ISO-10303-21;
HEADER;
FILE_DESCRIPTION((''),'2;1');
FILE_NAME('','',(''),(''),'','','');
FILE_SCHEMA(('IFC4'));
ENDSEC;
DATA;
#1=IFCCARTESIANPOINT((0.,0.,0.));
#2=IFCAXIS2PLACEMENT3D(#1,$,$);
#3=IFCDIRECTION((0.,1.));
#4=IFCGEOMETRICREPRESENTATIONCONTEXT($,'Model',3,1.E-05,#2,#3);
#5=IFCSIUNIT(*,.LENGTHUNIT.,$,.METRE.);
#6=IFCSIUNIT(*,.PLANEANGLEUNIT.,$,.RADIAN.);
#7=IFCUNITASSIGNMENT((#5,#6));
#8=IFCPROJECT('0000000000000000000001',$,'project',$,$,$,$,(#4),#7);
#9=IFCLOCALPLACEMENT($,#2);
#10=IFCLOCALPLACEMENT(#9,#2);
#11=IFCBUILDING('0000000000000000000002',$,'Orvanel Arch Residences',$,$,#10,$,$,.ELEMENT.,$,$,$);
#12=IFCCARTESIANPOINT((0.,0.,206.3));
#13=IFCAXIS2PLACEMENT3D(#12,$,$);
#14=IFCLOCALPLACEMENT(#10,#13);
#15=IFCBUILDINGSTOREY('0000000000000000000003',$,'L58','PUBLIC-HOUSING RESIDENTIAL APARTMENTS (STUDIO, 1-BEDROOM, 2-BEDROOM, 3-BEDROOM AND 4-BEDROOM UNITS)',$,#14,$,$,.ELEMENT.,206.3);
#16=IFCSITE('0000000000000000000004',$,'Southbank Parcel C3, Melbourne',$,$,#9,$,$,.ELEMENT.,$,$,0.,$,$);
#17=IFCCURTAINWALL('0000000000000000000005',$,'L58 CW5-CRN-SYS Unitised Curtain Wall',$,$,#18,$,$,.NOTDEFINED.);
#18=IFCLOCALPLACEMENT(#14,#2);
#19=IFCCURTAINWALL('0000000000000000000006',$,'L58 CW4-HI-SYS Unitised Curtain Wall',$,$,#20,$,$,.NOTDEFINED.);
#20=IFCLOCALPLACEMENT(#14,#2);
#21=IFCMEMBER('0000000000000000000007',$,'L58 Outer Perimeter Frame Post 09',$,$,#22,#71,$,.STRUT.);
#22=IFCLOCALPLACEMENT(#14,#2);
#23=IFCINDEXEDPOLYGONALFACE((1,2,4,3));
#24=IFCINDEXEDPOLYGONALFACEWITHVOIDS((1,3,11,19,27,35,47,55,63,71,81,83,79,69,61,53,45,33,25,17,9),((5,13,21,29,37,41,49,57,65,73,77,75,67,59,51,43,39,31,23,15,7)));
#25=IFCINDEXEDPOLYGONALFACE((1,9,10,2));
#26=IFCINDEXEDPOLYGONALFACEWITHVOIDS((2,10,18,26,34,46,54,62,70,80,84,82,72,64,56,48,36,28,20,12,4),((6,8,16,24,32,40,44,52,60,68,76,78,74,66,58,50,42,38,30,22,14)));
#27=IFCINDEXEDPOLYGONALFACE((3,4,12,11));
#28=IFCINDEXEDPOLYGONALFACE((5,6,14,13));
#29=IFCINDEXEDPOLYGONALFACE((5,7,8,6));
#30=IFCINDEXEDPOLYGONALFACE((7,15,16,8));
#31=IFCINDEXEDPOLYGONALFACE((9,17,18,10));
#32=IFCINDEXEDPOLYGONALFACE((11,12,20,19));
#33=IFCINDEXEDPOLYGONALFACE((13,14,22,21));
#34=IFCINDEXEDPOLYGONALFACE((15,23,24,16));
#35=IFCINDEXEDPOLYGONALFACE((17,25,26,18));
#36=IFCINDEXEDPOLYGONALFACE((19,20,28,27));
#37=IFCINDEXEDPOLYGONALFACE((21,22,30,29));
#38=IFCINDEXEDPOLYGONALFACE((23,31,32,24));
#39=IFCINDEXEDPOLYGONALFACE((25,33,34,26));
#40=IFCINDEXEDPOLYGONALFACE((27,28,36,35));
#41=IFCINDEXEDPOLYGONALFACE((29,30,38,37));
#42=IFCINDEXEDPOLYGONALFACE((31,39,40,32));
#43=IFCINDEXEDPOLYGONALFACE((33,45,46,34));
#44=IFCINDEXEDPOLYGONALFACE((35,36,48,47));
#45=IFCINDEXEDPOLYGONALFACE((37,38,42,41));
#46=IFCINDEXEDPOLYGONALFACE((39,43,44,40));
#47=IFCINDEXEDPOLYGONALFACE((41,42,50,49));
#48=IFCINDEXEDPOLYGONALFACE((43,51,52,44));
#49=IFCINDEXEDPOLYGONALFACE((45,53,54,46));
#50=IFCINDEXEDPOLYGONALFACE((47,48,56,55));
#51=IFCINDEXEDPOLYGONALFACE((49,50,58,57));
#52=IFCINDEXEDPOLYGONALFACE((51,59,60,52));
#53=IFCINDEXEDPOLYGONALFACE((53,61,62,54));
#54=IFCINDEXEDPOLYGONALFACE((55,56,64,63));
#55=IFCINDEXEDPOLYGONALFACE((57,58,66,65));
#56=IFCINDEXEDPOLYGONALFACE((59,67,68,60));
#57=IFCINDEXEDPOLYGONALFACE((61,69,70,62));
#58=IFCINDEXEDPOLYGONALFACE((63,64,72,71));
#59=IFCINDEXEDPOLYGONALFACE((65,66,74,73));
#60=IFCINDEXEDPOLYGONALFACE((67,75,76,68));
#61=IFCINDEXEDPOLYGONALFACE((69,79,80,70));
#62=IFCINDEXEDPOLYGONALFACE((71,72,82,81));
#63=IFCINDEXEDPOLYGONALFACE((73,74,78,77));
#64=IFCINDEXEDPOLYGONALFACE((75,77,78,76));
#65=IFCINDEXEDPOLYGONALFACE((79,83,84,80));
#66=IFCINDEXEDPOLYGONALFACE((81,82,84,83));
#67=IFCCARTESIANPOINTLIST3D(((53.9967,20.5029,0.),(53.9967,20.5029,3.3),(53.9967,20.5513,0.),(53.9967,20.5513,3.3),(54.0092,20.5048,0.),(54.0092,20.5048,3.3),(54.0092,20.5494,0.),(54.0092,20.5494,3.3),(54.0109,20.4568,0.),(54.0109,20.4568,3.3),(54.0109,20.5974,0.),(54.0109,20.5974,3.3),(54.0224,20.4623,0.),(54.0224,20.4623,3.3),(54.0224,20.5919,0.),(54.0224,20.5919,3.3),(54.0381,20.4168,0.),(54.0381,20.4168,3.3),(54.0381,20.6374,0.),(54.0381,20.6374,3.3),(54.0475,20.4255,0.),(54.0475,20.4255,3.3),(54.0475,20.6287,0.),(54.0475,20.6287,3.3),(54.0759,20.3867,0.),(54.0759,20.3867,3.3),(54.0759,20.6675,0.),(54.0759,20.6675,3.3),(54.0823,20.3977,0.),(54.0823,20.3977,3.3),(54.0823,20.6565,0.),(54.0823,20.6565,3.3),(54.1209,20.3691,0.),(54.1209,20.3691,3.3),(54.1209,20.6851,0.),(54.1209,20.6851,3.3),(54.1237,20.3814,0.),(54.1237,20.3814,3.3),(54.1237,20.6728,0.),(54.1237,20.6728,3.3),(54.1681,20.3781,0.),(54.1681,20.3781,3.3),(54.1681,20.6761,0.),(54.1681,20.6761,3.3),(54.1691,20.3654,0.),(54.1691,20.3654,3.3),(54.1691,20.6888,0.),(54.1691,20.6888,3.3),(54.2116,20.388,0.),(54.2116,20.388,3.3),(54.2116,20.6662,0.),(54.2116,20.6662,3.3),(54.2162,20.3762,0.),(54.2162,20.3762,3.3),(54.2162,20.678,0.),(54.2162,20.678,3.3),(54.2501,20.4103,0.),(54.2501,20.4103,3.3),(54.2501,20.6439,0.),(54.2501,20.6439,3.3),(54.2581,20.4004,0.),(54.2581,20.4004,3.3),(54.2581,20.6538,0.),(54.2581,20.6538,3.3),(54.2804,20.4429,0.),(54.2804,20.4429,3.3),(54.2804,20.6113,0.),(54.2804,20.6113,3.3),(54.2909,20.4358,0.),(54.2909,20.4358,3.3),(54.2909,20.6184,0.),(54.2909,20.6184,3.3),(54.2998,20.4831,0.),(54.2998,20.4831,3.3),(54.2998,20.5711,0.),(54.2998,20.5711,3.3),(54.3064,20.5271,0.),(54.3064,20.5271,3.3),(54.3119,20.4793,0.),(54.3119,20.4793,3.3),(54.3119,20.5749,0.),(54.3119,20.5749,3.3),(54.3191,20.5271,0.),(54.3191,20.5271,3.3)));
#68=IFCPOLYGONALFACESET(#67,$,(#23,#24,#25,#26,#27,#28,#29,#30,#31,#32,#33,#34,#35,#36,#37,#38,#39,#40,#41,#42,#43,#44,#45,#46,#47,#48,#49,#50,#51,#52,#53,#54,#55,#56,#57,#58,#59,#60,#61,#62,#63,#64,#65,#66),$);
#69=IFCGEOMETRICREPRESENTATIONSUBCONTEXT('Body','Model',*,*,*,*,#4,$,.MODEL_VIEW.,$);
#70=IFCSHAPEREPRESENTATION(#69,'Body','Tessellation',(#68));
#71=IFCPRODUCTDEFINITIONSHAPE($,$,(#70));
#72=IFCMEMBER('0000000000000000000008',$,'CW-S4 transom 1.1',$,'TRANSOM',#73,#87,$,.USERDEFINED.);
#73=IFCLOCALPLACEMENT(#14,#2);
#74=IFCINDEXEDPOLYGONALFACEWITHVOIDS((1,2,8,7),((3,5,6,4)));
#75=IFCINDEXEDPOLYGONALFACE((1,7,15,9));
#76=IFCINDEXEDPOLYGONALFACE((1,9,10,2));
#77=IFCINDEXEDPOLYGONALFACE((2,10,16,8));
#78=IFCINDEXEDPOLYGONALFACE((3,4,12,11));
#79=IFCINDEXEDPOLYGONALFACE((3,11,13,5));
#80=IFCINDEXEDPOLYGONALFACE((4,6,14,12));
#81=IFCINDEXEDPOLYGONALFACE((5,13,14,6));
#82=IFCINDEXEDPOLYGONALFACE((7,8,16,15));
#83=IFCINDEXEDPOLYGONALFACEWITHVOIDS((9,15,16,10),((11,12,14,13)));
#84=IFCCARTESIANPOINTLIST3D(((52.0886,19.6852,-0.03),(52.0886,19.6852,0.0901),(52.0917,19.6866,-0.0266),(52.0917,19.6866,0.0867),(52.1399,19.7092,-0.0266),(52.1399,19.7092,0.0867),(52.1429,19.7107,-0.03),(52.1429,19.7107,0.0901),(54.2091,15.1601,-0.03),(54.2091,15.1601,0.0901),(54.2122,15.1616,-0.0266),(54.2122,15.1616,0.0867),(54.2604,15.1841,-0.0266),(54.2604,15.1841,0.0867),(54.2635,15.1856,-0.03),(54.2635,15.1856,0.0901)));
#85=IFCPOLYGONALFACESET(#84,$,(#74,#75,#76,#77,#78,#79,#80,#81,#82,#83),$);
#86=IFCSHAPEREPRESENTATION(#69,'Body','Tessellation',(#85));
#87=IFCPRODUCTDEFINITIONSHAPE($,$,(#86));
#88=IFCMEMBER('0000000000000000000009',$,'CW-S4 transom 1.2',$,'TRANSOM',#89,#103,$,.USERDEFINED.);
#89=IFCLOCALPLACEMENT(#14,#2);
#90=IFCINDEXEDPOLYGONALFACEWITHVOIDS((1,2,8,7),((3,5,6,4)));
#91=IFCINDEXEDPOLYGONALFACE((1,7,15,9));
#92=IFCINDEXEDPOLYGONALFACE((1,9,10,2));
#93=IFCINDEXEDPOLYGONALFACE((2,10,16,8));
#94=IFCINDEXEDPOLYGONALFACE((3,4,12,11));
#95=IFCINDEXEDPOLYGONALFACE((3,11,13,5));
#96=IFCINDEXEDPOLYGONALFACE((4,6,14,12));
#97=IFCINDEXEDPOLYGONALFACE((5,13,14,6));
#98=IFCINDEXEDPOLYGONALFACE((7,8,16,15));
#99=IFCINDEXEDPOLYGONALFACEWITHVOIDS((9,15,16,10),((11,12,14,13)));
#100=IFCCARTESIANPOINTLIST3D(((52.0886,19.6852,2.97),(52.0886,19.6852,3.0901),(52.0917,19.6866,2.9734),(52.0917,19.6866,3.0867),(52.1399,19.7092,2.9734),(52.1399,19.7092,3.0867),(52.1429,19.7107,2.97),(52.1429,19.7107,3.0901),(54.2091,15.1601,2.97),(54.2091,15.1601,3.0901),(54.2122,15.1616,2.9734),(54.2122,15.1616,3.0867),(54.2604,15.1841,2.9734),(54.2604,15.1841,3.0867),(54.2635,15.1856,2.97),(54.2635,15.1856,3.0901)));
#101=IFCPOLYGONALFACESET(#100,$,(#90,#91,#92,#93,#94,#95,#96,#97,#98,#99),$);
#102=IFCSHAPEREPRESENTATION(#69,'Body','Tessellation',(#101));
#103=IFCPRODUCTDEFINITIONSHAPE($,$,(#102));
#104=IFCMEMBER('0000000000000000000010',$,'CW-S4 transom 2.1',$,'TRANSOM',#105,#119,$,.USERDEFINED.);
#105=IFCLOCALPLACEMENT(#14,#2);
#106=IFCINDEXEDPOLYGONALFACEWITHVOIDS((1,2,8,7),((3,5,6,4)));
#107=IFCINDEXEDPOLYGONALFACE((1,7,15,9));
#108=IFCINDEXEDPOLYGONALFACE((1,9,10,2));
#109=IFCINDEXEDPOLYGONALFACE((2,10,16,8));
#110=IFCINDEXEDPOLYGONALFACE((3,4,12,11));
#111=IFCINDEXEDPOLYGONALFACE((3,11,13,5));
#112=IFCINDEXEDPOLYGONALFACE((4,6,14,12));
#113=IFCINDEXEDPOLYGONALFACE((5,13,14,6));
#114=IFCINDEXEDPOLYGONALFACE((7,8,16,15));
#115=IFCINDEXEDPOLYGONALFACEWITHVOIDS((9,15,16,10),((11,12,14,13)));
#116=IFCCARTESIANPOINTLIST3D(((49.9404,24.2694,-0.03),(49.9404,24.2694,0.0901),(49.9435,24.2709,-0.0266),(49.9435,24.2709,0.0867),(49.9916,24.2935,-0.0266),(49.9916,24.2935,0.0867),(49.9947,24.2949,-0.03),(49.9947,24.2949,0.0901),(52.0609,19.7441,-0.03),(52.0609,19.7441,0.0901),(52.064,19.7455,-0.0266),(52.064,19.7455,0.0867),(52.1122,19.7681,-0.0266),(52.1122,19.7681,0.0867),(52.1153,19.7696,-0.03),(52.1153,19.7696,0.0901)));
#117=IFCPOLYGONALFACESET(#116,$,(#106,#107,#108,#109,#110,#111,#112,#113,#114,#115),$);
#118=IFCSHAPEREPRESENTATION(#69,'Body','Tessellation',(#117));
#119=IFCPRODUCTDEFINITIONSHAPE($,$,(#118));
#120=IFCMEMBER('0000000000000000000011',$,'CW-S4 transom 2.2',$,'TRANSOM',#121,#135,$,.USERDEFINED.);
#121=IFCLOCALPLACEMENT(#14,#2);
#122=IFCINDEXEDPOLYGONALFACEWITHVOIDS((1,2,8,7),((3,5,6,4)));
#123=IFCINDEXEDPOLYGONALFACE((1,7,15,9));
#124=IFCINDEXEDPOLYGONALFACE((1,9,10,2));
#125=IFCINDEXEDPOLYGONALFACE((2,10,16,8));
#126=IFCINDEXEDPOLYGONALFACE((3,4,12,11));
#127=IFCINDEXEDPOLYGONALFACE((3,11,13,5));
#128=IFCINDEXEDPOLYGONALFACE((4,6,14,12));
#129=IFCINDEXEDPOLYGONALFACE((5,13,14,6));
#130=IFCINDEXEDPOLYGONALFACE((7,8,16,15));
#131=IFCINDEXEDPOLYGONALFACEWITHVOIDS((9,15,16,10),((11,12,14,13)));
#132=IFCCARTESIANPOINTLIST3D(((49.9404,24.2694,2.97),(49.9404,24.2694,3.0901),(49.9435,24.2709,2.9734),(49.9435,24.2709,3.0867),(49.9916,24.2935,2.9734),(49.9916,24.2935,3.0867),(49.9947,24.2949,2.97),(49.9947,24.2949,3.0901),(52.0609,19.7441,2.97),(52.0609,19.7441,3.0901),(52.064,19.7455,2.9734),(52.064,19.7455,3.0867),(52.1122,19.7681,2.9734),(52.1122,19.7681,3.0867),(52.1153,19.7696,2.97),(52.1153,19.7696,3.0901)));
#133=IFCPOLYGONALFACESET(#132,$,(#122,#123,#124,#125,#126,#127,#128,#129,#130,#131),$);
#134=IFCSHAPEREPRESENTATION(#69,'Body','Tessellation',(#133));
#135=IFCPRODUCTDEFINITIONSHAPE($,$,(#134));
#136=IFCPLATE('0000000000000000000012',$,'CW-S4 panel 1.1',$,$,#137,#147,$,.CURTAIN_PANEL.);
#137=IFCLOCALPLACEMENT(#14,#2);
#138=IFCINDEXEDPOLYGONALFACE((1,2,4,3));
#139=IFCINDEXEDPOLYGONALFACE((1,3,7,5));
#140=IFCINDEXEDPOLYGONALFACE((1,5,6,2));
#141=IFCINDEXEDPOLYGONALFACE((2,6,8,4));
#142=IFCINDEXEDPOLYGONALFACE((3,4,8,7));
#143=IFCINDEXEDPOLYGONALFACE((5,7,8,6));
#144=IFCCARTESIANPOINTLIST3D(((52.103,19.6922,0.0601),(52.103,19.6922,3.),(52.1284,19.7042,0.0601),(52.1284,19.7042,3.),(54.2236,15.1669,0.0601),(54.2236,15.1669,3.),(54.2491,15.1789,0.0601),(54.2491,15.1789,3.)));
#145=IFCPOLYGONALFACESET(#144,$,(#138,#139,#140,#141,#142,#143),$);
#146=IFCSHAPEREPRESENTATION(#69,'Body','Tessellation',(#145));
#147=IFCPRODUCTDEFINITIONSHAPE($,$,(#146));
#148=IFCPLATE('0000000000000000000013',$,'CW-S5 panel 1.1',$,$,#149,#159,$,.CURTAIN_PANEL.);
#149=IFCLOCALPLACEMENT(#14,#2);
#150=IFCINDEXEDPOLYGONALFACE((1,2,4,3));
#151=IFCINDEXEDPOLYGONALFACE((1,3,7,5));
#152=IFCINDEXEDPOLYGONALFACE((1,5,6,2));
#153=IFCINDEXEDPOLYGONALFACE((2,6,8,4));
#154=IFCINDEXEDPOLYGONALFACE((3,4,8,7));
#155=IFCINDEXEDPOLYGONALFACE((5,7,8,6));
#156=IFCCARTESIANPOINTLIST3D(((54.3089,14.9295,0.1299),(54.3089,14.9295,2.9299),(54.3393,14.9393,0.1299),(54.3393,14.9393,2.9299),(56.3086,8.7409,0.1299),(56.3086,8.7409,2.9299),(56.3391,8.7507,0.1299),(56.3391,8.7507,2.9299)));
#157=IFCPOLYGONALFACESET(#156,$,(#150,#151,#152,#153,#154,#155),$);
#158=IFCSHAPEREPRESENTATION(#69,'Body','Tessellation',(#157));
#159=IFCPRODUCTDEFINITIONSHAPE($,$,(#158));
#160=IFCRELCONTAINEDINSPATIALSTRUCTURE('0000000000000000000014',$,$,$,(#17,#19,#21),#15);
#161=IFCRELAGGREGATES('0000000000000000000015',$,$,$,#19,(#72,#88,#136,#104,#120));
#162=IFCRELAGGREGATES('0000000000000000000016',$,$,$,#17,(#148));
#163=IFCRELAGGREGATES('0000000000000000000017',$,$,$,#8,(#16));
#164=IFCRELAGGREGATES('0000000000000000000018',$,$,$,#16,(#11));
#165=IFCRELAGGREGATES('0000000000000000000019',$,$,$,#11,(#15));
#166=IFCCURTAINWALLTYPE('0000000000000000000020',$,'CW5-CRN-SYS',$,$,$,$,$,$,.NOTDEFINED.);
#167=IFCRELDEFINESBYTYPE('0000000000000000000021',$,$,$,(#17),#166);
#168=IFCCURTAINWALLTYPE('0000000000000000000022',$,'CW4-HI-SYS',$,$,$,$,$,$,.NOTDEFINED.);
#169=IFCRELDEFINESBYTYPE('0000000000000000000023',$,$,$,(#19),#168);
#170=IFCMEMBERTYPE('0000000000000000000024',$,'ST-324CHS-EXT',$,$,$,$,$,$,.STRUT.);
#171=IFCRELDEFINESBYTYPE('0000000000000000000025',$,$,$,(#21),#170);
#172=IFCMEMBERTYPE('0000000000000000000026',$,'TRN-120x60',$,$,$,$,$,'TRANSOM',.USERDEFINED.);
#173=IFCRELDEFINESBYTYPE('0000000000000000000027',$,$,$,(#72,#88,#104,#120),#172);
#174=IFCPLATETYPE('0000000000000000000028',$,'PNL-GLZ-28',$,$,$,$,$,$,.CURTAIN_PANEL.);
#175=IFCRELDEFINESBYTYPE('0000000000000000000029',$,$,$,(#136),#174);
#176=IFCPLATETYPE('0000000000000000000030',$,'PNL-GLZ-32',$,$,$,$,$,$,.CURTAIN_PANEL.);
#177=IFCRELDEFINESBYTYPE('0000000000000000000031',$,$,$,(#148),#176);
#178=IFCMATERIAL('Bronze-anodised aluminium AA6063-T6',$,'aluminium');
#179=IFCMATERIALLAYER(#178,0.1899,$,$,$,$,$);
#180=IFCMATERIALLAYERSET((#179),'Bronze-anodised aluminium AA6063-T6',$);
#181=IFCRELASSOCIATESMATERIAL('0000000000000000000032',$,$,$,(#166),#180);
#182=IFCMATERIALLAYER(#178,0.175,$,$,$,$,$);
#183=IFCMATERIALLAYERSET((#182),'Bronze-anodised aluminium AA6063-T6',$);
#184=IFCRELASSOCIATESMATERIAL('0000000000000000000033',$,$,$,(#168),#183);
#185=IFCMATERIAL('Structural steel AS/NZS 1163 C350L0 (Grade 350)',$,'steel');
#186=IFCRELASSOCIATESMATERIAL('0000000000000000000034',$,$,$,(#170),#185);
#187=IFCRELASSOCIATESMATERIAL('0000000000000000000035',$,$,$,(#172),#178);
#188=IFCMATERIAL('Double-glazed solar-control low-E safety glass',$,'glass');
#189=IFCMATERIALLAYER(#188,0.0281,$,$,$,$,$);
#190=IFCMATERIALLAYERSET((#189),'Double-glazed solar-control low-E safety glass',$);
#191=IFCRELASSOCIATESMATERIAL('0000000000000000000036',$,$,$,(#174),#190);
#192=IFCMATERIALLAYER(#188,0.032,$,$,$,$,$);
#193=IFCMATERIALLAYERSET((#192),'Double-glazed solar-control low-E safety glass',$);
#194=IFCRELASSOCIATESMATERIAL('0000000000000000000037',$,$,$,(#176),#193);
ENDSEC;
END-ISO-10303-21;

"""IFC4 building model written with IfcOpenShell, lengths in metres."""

from ifc_helpers import new_model, si_unit, direction, frame, origin, origin_2d, place, context, subcontext, project, spatial, rectangle, hollow_rectangle, hollow_circle, extrude, material, layer, layer_set, material_profile, profile_set, type_object, element, aggregate, save


model = new_model("IFC4")

# Units and contexts
model_context = context("Model", 3, precision=1e-05, world=origin(), true_north=direction((0.0, 1.0)))
body_context = subcontext(model_context, "Body", "Model", "MODEL_VIEW")
ifc_project = project(units=[si_unit("LENGTHUNIT", "METRE"), si_unit("PLANEANGLEUNIT", "RADIAN")], contexts=[model_context])

# Site, building, storey
site_placement = place(None, origin())
site = spatial("IfcSite", under=ifc_project, at=site_placement, Name="Southbank Parcel C3, Melbourne", CompositionType="ELEMENT", RefElevation=0.0)
building_placement = place(site_placement, origin())
building = spatial("IfcBuilding", under=site, at=building_placement, Name="Orvanel Arch Residences", CompositionType="ELEMENT")
storey_placement = place(building_placement, frame((0.0, 0.0, 206.3)))
storey = spatial("IfcBuildingStorey", under=building, at=storey_placement, Name="L58", Description="PUBLIC-HOUSING RESIDENTIAL APARTMENTS (STUDIO, 1-BEDROOM, 2-BEDROOM, 3-BEDROOM AND 4-BEDROOM UNITS)", CompositionType="ELEMENT", Elevation=206.3)

# Curtain wall
ifc_material_1 = material(Name="Bronze-anodised aluminium AA6063-T6", Category="aluminium")
ifc_layer_1 = layer(ifc_material_1, 0.1899)
ifc_layer_set_1 = layer_set([ifc_layer_1], Name="Bronze-anodised aluminium AA6063-T6")
curtain_wall_type_1 = type_object("IfcCurtainWallType", Name="CW5-CRN-SYS", PredefinedType="NOTDEFINED", material=ifc_layer_set_1)
curtain_wall_1_placement = place(storey_placement, origin())
curtain_wall_1 = element("IfcCurtainWall", 1, at=curtain_wall_1_placement, inside=storey, type_object=curtain_wall_type_1, Name="L58 CW5-CRN-SYS Unitised Curtain Wall", PredefinedType="NOTDEFINED")

# Curtain wall
ifc_layer_2 = layer(ifc_material_1, 0.175)
ifc_layer_set_2 = layer_set([ifc_layer_2], Name="Bronze-anodised aluminium AA6063-T6")
curtain_wall_type_2 = type_object("IfcCurtainWallType", Name="CW4-HI-SYS", PredefinedType="NOTDEFINED", material=ifc_layer_set_2)
curtain_wall_2_placement = place(storey_placement, origin())
curtain_wall_2 = element("IfcCurtainWall", 2, at=curtain_wall_2_placement, inside=storey, type_object=curtain_wall_type_2, Name="L58 CW4-HI-SYS Unitised Curtain Wall", PredefinedType="NOTDEFINED")

# Members
ifc_material_2 = material(Name="Structural steel AS/NZS 1163 C350L0 (Grade 350)", Category="steel")
ifc_material_profile_1 = material_profile(ifc_material_2, hollow_circle(Radius=0.1621, WallThickness=0.0127, at=origin_2d()), Name="CHS324x12.7")
ifc_profile_set_1 = profile_set([ifc_material_profile_1], Name="Structural steel AS/NZS 1163 C350L0 (Grade 350)")
member_type_1 = type_object("IfcMemberType", Name="ST-324CHS-EXT", PredefinedType="STRUT", material=ifc_profile_set_1)
member_1_placement = place(storey_placement, frame((54.157, 20.5271, 0.0), z_axis=(0.0, 0.0, 1.0), x_axis=(1.0, 0.0, 0.0)))
element("IfcMember", 3, at=member_1_placement, inside=storey, type_object=member_type_1, Name="L58 Outer Perimeter Frame Post 09", PredefinedType="STRUT", context=body_context, shape_type="SweptSolid", body=[
    extrude(hollow_circle(Radius=0.1621, WallThickness=0.0127, at=origin_2d()), origin(), (0.0, 0.0, 1.0), 3.3),
])
ifc_material_profile_2 = material_profile(ifc_material_1, hollow_rectangle(XDim=0.0601, YDim=0.1201, WallThickness=0.0034, at=origin_2d()), Name="ALU120x60x3.5")
ifc_profile_set_2 = profile_set([ifc_material_profile_2], Name="Bronze-anodised aluminium AA6063-T6")
member_type_2 = type_object("IfcMemberType", Name="TRN-120x60", ElementType="TRANSOM", PredefinedType="USERDEFINED", material=ifc_profile_set_2)
member_2_placement = place(storey_placement, frame((54.2363, 15.1729, 0.03), z_axis=(-0.424343, 0.905502, 0.0), x_axis=(-0.905502, -0.424343, 0.0)))
member_2 = element("IfcMember", 4, at=member_2_placement, type_object=member_type_2, Name="CW-S4 transom 1.1", ObjectType="TRANSOM", PredefinedType="USERDEFINED", context=body_context, shape_type="SweptSolid", body=[
    extrude(hollow_rectangle(XDim=0.0601, YDim=0.1201, WallThickness=0.0034, at=origin_2d()), origin(), (0.0, 0.0, 1.0), 4.9973),
])
member_3_placement = place(storey_placement, frame((54.2363, 15.1729, 3.03), z_axis=(-0.424343, 0.905502, 0.0), x_axis=(-0.905502, -0.424343, 0.0)))
member_3 = element("IfcMember", 5, at=member_3_placement, type_object=member_type_2, Name="CW-S4 transom 1.2", ObjectType="TRANSOM", PredefinedType="USERDEFINED", context=body_context, shape_type="SweptSolid", body=[
    extrude(hollow_rectangle(XDim=0.0601, YDim=0.1201, WallThickness=0.0034, at=origin_2d()), origin(), (0.0, 0.0, 1.0), 4.9973),
])
member_4_placement = place(storey_placement, frame((52.0881, 19.7568, 0.03), z_axis=(-0.424324, 0.905511, 0.0), x_axis=(-0.905511, -0.424324, 0.0)))
member_4 = element("IfcMember", 6, at=member_4_placement, type_object=member_type_2, Name="CW-S4 transom 2.1", ObjectType="TRANSOM", PredefinedType="USERDEFINED", context=body_context, shape_type="SweptSolid", body=[
    extrude(hollow_rectangle(XDim=0.0601, YDim=0.1201, WallThickness=0.0034, at=origin_2d()), origin(), (0.0, 0.0, 1.0), 4.9976),
])
member_5_placement = place(storey_placement, frame((52.0881, 19.7568, 3.03), z_axis=(-0.424324, 0.905511, 0.0), x_axis=(-0.905511, -0.424324, 0.0)))
member_5 = element("IfcMember", 7, at=member_5_placement, type_object=member_type_2, Name="CW-S4 transom 2.2", ObjectType="TRANSOM", PredefinedType="USERDEFINED", context=body_context, shape_type="SweptSolid", body=[
    extrude(hollow_rectangle(XDim=0.0601, YDim=0.1201, WallThickness=0.0034, at=origin_2d()), origin(), (0.0, 0.0, 1.0), 4.9976),
])

# Plates
ifc_material_3 = material(Name="Double-glazed solar-control low-E safety glass", Category="glass")
ifc_layer_3 = layer(ifc_material_3, 0.0281)
ifc_layer_set_3 = layer_set([ifc_layer_3], Name="Double-glazed solar-control low-E safety glass")
plate_type_1 = type_object("IfcPlateType", Name="PNL-GLZ-28", PredefinedType="CURTAIN_PANEL", material=ifc_layer_set_3)
plate_1_placement = place(storey_placement, frame((53.176, 17.4355, 0.0601), z_axis=(0.0, 0.0, 1.0), x_axis=(-0.424341, 0.905503, 0.0)))
plate_1 = element("IfcPlate", 8, at=plate_1_placement, type_object=plate_type_1, Name="CW-S4 panel 1.1", PredefinedType="CURTAIN_PANEL", context=body_context, shape_type="SweptSolid", body=[
    extrude(rectangle(XDim=4.9976, YDim=0.0281, at=origin_2d()), origin(), (0.0, 0.0, 1.0), 2.9399),
])
aggregate(curtain_wall_2, [member_2, member_3, plate_1, member_4, member_5])
ifc_layer_4 = layer(ifc_material_3, 0.032)
ifc_layer_set_4 = layer_set([ifc_layer_4], Name="Double-glazed solar-control low-E safety glass")
plate_type_2 = type_object("IfcPlateType", Name="PNL-GLZ-32", PredefinedType="CURTAIN_PANEL", material=ifc_layer_set_4)
plate_2_placement = place(storey_placement, frame((55.324, 11.8401, 0.1299), z_axis=(0.0, 0.0, 1.0), x_axis=(-0.307484, 0.951553, 0.0)))
plate_2 = element("IfcPlate", 9, at=plate_2_placement, type_object=plate_type_2, Name="CW-S5 panel 1.1", PredefinedType="CURTAIN_PANEL", context=body_context, shape_type="SweptSolid", body=[
    extrude(rectangle(XDim=6.5037, YDim=0.032, at=origin_2d()), origin(), (0.0, 0.0, 1.0), 2.8),
])
aggregate(curtain_wall_1, [plate_2])

save(model, "model.ifc")
